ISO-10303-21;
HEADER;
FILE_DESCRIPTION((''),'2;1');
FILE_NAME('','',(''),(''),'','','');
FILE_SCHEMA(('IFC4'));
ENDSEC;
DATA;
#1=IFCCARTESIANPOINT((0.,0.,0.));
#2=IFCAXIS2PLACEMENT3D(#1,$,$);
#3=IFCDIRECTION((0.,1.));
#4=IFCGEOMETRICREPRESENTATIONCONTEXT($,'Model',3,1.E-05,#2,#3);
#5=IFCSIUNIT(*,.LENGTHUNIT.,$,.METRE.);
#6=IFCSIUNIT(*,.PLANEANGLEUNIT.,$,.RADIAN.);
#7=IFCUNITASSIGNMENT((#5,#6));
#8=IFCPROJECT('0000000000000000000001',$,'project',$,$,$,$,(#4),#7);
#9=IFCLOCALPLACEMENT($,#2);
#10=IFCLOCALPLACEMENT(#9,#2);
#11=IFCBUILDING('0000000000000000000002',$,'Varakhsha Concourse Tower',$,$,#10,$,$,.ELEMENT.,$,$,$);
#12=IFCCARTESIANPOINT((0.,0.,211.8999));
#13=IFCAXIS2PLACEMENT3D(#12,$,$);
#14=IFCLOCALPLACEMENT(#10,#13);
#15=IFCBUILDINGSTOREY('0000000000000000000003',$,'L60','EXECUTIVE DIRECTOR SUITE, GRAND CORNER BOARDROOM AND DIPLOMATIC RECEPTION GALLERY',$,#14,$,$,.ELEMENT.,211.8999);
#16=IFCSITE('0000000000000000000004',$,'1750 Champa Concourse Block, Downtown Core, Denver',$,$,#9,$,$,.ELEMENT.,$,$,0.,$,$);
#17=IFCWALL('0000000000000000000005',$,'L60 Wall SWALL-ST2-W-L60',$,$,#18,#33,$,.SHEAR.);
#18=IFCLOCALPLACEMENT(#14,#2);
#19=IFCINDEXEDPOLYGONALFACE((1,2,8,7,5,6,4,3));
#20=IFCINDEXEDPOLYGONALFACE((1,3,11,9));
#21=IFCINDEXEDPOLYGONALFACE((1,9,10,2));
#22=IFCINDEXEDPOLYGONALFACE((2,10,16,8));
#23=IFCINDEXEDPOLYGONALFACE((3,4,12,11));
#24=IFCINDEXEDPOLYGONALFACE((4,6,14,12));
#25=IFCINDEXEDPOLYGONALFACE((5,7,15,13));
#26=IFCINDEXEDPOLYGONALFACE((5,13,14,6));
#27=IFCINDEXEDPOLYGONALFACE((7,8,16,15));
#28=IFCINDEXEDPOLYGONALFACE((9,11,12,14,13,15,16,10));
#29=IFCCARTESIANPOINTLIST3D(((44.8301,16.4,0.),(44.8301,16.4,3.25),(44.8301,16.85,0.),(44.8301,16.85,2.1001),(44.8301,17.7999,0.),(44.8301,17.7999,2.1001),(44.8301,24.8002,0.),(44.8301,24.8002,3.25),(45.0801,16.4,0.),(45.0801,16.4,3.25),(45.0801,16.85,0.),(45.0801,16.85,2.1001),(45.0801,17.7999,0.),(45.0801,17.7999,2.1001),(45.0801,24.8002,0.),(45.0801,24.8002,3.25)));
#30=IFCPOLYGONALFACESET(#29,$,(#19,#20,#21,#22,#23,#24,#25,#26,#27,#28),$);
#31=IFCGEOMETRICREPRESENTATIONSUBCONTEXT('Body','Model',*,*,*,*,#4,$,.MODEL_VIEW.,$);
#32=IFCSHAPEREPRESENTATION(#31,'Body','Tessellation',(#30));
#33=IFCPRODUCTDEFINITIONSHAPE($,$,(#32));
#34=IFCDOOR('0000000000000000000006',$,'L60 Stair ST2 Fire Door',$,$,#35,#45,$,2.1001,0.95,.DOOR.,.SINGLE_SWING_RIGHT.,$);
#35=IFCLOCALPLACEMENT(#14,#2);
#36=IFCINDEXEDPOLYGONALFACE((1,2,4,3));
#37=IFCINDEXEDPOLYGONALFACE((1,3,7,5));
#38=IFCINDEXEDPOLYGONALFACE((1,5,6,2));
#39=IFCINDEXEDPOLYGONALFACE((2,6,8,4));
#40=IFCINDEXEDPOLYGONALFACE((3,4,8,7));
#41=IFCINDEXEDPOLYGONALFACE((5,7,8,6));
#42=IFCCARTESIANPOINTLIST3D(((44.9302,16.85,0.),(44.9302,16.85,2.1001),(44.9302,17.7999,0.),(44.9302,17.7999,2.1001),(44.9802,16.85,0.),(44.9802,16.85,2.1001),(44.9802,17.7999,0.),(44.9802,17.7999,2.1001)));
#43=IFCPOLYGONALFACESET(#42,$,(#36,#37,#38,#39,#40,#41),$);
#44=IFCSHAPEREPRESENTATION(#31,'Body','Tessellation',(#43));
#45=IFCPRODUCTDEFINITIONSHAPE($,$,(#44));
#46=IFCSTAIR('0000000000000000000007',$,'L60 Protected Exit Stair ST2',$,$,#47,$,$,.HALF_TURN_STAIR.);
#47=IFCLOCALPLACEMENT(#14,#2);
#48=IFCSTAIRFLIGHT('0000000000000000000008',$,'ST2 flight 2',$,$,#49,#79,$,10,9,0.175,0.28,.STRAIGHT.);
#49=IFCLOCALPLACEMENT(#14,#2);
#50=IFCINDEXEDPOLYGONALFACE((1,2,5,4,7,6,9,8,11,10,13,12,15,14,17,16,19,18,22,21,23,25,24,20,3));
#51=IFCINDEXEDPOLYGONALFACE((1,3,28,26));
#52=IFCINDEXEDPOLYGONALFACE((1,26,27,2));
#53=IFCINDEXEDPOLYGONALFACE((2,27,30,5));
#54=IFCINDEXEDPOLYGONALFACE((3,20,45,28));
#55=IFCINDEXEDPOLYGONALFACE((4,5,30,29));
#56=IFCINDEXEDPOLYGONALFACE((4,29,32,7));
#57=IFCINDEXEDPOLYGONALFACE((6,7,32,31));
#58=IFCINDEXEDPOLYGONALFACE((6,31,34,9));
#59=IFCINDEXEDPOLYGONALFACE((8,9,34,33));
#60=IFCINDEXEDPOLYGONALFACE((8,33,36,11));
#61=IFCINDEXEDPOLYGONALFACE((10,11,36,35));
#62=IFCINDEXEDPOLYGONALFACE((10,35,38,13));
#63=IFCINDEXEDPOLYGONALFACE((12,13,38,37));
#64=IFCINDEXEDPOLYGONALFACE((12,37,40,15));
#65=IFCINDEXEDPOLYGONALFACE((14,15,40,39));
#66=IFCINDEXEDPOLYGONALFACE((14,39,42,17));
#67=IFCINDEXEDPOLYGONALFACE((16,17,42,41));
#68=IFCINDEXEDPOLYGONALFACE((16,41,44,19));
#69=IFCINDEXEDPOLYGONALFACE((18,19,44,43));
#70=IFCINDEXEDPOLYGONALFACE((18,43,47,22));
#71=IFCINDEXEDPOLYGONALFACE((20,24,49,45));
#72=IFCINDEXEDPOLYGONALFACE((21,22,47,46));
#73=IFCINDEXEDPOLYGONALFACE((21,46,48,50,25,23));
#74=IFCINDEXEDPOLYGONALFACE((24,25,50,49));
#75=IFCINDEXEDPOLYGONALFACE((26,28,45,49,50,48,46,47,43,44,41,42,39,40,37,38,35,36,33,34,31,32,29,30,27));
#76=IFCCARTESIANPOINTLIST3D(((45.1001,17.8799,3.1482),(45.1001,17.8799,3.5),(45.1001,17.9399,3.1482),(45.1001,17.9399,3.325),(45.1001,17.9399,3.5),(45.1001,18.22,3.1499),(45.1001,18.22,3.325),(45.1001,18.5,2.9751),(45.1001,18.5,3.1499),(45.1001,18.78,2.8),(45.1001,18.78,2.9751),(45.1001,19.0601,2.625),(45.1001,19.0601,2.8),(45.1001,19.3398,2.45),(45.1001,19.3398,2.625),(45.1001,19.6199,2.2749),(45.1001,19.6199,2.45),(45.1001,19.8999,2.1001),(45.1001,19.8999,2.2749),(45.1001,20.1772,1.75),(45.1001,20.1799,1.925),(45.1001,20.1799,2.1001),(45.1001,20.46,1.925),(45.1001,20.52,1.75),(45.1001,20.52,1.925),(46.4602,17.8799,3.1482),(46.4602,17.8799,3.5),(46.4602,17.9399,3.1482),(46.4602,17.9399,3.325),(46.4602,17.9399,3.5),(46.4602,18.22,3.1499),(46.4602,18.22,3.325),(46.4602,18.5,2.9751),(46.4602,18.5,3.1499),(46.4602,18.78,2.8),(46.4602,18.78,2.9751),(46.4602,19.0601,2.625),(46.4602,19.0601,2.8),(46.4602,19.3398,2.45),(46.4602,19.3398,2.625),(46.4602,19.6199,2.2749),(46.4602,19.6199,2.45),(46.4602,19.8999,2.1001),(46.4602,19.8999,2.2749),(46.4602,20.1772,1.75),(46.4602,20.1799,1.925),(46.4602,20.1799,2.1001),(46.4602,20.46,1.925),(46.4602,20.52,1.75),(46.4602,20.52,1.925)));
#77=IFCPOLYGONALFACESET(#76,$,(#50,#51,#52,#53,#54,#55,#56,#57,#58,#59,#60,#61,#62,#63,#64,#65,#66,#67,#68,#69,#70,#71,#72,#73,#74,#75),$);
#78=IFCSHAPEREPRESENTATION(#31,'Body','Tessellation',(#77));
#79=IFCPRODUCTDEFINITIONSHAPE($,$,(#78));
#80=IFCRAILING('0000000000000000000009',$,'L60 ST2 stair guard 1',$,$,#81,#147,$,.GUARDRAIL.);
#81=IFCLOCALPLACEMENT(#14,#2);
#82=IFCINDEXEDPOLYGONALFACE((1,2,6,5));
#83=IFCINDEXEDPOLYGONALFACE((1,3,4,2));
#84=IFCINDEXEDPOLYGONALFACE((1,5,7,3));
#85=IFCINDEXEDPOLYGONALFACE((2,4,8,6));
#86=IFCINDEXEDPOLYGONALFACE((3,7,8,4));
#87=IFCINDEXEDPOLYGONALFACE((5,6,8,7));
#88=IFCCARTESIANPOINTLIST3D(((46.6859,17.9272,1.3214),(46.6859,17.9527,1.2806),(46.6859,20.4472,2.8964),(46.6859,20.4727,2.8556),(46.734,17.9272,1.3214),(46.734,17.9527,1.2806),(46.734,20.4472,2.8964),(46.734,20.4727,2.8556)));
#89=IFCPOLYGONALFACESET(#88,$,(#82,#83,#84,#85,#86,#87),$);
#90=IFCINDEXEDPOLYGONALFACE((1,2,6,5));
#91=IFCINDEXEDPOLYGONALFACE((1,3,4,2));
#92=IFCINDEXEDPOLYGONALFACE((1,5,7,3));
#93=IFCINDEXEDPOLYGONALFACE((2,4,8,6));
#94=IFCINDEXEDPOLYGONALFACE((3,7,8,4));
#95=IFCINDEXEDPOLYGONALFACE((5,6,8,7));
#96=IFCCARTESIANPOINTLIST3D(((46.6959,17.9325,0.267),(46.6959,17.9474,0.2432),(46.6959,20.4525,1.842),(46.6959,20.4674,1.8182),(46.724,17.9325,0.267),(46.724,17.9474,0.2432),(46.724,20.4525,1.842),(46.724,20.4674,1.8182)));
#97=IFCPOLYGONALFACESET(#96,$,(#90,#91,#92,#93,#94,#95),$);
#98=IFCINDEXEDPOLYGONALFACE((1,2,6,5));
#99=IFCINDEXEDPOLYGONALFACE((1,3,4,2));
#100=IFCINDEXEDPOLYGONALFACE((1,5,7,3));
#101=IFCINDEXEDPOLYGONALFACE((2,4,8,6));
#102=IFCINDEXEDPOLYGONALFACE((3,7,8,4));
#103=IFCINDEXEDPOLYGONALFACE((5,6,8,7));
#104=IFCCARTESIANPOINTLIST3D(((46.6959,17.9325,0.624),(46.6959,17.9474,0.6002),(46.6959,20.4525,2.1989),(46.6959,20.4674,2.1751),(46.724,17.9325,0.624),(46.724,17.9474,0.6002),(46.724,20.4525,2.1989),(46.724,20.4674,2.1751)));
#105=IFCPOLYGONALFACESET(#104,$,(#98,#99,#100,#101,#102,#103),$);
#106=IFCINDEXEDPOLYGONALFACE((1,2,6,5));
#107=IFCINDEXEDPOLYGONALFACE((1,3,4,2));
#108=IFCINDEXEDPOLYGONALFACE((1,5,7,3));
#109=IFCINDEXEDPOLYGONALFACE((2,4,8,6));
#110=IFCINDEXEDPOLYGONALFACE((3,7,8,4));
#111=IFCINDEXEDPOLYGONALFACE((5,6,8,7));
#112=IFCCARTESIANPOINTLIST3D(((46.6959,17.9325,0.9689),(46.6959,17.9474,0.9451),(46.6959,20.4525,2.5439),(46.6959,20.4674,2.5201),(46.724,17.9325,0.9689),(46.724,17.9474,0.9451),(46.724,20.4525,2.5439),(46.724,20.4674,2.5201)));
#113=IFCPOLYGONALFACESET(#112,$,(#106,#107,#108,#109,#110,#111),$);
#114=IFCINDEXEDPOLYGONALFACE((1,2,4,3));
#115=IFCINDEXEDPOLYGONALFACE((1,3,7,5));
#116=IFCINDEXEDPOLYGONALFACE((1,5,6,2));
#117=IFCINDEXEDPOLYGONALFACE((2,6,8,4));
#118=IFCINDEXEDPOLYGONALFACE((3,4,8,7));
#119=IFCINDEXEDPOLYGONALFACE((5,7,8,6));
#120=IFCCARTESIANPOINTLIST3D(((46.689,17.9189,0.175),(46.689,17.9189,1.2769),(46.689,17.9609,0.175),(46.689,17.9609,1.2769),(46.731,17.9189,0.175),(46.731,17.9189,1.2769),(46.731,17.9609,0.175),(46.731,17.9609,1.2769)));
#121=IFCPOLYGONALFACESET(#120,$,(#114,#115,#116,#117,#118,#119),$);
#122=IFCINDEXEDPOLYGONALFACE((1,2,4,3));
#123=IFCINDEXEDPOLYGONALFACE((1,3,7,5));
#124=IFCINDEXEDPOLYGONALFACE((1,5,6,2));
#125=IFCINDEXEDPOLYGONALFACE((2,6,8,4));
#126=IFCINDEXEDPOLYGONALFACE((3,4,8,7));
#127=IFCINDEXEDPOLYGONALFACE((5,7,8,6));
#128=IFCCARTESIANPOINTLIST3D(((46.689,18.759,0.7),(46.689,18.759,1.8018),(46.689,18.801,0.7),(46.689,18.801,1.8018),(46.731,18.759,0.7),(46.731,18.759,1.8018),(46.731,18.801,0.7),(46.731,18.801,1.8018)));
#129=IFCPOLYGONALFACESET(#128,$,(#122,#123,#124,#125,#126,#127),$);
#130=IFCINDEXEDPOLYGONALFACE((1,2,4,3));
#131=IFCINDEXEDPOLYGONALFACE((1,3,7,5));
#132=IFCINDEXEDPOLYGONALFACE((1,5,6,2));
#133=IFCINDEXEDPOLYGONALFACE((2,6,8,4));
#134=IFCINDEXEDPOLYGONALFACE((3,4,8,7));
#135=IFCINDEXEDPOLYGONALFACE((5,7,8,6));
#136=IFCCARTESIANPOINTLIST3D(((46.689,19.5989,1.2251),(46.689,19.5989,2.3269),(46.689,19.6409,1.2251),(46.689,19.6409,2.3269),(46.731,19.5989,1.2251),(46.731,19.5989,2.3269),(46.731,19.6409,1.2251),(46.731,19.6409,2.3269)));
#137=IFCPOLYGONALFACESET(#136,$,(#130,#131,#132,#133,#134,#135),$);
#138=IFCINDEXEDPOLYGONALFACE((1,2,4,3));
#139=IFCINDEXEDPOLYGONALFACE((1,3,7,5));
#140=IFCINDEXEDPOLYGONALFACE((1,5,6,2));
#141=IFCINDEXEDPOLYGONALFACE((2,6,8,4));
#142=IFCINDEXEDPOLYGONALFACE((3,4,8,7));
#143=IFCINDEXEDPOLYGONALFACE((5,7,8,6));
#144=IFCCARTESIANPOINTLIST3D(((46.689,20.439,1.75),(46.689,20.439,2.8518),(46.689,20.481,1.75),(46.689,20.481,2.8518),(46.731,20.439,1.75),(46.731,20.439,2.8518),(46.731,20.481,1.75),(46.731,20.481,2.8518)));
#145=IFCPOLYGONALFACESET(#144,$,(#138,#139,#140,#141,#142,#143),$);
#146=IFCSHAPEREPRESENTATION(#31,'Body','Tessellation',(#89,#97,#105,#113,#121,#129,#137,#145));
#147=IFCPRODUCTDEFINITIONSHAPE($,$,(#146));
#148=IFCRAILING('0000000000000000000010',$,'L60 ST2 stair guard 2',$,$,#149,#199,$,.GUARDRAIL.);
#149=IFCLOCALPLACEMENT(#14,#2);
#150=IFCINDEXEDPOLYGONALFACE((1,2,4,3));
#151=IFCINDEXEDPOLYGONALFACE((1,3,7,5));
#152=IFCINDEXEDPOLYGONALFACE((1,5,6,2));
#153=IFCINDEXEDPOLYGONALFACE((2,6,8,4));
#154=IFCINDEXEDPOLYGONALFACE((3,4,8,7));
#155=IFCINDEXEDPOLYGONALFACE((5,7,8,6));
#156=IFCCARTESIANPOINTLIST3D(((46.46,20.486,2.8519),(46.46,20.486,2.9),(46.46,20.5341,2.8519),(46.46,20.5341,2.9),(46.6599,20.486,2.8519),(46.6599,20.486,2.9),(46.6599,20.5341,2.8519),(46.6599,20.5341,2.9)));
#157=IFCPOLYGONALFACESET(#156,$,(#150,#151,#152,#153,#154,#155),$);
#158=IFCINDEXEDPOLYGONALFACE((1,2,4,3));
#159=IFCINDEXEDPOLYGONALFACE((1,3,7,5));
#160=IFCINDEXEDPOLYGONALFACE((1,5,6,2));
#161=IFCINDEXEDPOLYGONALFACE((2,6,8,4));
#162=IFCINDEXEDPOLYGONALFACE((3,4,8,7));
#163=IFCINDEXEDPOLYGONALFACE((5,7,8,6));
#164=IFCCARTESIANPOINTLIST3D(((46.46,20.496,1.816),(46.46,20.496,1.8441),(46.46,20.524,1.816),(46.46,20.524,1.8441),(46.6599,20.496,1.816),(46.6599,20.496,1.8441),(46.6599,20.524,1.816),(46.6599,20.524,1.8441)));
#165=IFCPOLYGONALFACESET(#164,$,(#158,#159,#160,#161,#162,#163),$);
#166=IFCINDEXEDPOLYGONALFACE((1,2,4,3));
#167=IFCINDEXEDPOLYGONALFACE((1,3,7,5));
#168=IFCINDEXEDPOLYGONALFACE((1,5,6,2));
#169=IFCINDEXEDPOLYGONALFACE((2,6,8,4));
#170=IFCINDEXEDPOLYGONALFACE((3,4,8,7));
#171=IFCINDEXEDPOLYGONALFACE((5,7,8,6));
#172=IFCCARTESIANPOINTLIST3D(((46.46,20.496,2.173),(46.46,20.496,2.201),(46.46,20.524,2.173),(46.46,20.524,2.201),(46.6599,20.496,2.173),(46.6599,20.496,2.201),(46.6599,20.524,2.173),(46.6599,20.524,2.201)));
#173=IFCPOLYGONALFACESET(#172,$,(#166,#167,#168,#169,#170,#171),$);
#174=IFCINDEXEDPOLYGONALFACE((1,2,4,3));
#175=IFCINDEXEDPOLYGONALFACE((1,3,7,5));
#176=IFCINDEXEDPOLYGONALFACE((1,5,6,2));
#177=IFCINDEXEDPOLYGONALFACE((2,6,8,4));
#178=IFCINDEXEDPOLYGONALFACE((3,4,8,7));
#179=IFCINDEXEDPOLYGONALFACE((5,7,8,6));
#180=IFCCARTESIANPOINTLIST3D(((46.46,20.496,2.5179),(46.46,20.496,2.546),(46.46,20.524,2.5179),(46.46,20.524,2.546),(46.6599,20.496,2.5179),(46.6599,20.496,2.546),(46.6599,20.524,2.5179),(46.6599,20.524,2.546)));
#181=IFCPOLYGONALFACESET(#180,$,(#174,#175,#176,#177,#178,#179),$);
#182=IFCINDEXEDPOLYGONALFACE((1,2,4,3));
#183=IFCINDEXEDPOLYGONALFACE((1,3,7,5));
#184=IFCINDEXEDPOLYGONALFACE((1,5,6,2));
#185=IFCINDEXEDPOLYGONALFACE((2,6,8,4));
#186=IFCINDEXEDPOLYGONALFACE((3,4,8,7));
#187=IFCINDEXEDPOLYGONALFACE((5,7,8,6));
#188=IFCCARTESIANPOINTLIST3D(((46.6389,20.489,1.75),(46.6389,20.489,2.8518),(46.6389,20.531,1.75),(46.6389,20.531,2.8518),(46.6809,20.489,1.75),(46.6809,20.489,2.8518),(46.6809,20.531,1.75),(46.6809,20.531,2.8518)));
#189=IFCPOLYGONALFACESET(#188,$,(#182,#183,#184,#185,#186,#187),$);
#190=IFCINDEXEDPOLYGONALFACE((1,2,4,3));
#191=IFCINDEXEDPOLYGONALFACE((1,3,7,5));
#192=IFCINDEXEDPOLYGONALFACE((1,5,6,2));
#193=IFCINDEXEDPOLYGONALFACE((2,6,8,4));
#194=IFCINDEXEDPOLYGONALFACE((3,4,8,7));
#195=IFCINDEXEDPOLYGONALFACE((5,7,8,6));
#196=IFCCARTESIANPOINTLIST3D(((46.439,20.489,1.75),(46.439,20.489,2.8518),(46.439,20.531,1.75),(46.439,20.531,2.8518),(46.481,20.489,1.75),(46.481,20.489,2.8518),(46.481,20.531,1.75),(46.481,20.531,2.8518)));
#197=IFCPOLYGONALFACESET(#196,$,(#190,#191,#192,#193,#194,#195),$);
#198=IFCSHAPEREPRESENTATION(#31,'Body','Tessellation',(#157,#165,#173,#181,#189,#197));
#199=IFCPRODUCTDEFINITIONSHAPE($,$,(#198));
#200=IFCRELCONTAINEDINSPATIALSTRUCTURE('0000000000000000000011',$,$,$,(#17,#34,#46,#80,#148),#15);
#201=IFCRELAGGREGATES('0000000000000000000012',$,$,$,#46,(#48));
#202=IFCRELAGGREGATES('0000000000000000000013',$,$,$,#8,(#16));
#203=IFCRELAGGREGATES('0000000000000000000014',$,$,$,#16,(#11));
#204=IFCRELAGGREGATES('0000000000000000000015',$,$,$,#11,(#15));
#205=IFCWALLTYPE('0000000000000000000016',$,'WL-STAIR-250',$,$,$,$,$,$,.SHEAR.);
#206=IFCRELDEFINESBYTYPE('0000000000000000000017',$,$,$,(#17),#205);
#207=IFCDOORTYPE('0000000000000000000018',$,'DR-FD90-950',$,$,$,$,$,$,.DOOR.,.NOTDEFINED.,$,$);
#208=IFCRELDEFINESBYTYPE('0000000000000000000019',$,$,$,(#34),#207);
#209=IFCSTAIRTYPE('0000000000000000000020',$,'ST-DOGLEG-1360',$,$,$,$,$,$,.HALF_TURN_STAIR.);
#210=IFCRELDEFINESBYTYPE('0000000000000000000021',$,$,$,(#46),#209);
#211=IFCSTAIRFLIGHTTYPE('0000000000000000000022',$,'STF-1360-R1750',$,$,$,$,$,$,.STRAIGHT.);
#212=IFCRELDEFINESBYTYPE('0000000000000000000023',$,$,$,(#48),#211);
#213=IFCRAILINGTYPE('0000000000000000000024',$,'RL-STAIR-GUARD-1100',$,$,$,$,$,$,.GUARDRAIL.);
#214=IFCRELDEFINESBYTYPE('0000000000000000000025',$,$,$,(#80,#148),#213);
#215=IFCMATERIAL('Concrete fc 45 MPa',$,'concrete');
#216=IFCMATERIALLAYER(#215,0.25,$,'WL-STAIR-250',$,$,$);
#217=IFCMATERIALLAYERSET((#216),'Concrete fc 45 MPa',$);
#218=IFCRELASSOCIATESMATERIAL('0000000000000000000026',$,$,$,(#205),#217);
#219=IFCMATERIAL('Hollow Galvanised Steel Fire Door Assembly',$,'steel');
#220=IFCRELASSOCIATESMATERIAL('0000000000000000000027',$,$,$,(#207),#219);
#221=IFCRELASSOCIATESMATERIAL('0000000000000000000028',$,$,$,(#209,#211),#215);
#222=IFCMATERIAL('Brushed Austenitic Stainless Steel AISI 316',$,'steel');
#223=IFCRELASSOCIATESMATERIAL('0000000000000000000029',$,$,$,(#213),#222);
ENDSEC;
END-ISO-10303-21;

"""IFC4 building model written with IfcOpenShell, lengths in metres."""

from ifc_helpers import new_model, si_unit, direction, frame, frame_2d, origin, origin_2d, place, context, subcontext, project, spatial, polyline, rectangle, outline, extrude, material, layer, layer_set, type_object, element, fill, aggregate, save


model = new_model("IFC4")

# Units and contexts
model_context = context("Model", 3, precision=1e-05, world=origin(), true_north=direction((0.0, 1.0)))
body_context = subcontext(model_context, "Body", "Model", "MODEL_VIEW")
ifc_project = project(units=[si_unit("LENGTHUNIT", "METRE"), si_unit("PLANEANGLEUNIT", "RADIAN")], contexts=[model_context])

# Site, building, storey
site_placement = place(None, origin())
site = spatial("IfcSite", under=ifc_project, at=site_placement, Name="1750 Champa Concourse Block, Downtown Core, Denver", CompositionType="ELEMENT", RefElevation=0.0)
building_placement = place(site_placement, origin())
building = spatial("IfcBuilding", under=site, at=building_placement, Name="Varakhsha Concourse Tower", CompositionType="ELEMENT")
storey_placement = place(building_placement, frame((0.0, 0.0, 211.8999)))
storey = spatial("IfcBuildingStorey", under=building, at=storey_placement, Name="L60", Description="EXECUTIVE DIRECTOR SUITE, GRAND CORNER BOARDROOM AND DIPLOMATIC RECEPTION GALLERY", CompositionType="ELEMENT", Elevation=211.8999)

# Wall, opening, door
ifc_material_1 = material(Name="Concrete fc 45 MPa", Category="concrete")
ifc_layer_1 = layer(ifc_material_1, 0.25, Name="WL-STAIR-250")
ifc_layer_set_1 = layer_set([ifc_layer_1], Name="Concrete fc 45 MPa")
wall_type_1 = type_object("IfcWallType", Name="WL-STAIR-250", PredefinedType="SHEAR", material=ifc_layer_set_1)
wall_1_placement = place(storey_placement, frame((44.9551, 16.3999, 0.0), z_axis=(0.0, 0.0, 1.0), x_axis=(0.0, 1.0, 0.0)))
wall_1 = element("IfcWall", 1, at=wall_1_placement, inside=storey, type_object=wall_type_1, Name="L60 Wall SWALL-ST2-W-L60", PredefinedType="SHEAR", context=body_context, shape_type="SweptSolid", body=[
    extrude(rectangle(XDim=8.4001, YDim=0.25, at=frame_2d((4.2002, 0.0))), origin(), (0.0, 0.0, 1.0), 3.25),
])
opening_placement = place(wall_1_placement, frame((0.45, 0.0, 0.0)))
opening = element("IfcOpeningElement", 2, at=opening_placement, cuts=wall_1, PredefinedType="OPENING", context=body_context, shape_type="SweptSolid", body=[
    extrude(rectangle(XDim=0.95, YDim=2.1001, at=frame_2d((0.4751, 1.05))), frame((0.0, 0.135, 0.0), z_axis=(0.0, -1.0, 0.0), x_axis=(1.0, 0.0, 0.0)), (0.0, 0.0, 1.0), 0.27),
])
ifc_material_2 = material(Name="Hollow Galvanised Steel Fire Door Assembly", Category="steel")
door_type = type_object("IfcDoorType", Name="DR-FD90-950", OperationType="NOTDEFINED", PredefinedType="DOOR", material=ifc_material_2)
door_placement = place(opening_placement, origin())
door = element("IfcDoor", 3, at=door_placement, inside=storey, type_object=door_type, Name="L60 Stair ST2 Fire Door", OperationType="SINGLE_SWING_RIGHT", OverallHeight=2.1001, OverallWidth=0.95, PredefinedType="DOOR", context=body_context, shape_type="SweptSolid", body=[
    extrude(rectangle(XDim=0.95, YDim=2.1001, at=frame_2d((0.4751, 1.05))), frame((0.0, 0.0249, 0.0), z_axis=(0.0, -1.0, 0.0), x_axis=(1.0, 0.0, 0.0)), (0.0, 0.0, 1.0), 0.05),
])
fill(opening, door)

# Stair, stair flight
stair_type = type_object("IfcStairType", Name="ST-DOGLEG-1360", PredefinedType="HALF_TURN_STAIR", material=ifc_material_1)
stair_placement = place(storey_placement, origin())
stair = element("IfcStair", 4, at=stair_placement, inside=storey, type_object=stair_type, Name="L60 Protected Exit Stair ST2", PredefinedType="HALF_TURN_STAIR")
stair_flight_type = type_object("IfcStairFlightType", Name="STF-1360-R1750", PredefinedType="STRAIGHT", material=ifc_material_1)
stair_flight_placement = place(storey_placement, frame((45.78, 20.46, 1.75), z_axis=(0.0, 0.0, 1.0), x_axis=(0.0, -1.0, 0.0)))
stair_flight = element("IfcStairFlight", 5, at=stair_flight_placement, type_object=stair_flight_type, Name="ST2 flight 2", NumberOfRisers=10, NumberOfTreads=9, PredefinedType="STRAIGHT", RiserHeight=0.175, TreadLength=0.28, context=body_context, shape_type="SweptSolid", body=[
    extrude(outline(polyline([(-0.0601, 0.0), (-0.0601, 0.175), (0.0, 0.175), (0.28, 0.175), (0.28, 0.3501), (0.5601, 0.3501), (0.5601, 0.5249), (0.8401, 0.5249), (0.8401, 0.7), (1.1201, 0.7), (1.1201, 0.875), (1.3999, 0.875), (1.3999, 1.05), (1.6799, 1.05), (1.6799, 1.2251), (1.96, 1.2251), (1.96, 1.3999), (2.24, 1.3999), (2.24, 1.575), (2.52, 1.575), (2.52, 1.75), (2.5801, 1.75), (2.5801, 1.3982), (2.52, 1.3982), (0.2827, 0.0), (-0.0601, 0.0)])), frame((0.0, 0.6802, 0.0), z_axis=(0.0, -1.0, 0.0), x_axis=(1.0, 0.0, 0.0)), (0.0, 0.0, 1.0), 1.3601),
])
aggregate(stair, [stair_flight])

# Railings
ifc_material_3 = material(Name="Brushed Austenitic Stainless Steel AISI 316", Category="steel")
railing_type_1 = type_object("IfcRailingType", Name="RL-STAIR-GUARD-1100", PredefinedType="GUARDRAIL", material=ifc_material_3)
railing_1_placement = place(storey_placement, frame((46.71, 17.9399, 0.175)))
element("IfcRailing", 6, at=railing_1_placement, inside=storey, type_object=railing_type_1, Name="L60 ST2 stair guard 1", PredefinedType="GUARDRAIL", context=body_context, shape_type="SweptSolid", body=[
    extrude(rectangle(XDim=0.0481, YDim=0.0481, at=origin_2d()), frame((0.0, 0.0, 1.126), z_axis=(0.0, 0.848008, 0.529984), x_axis=(-1.0, 0.0, 0.0)), (0.0, 0.0, 1.0), 2.9717),
    extrude(rectangle(XDim=0.0281, YDim=0.0281, at=origin_2d()), frame((0.0, 0.0, 0.0801), z_axis=(0.0, 0.848008, 0.529984), x_axis=(-1.0, 0.0, 0.0)), (0.0, 0.0, 1.0), 2.9717),
    extrude(rectangle(XDim=0.0281, YDim=0.0281, at=origin_2d()), frame((0.0, 0.0, 0.437), z_axis=(0.0, 0.848008, 0.529984), x_axis=(-1.0, 0.0, 0.0)), (0.0, 0.0, 1.0), 2.9717),
    extrude(rectangle(XDim=0.0281, YDim=0.0281, at=origin_2d()), frame((0.0, 0.0, 0.782), z_axis=(0.0, 0.848008, 0.529984), x_axis=(-1.0, 0.0, 0.0)), (0.0, 0.0, 1.0), 2.9717),
    extrude(rectangle(XDim=0.042, YDim=0.042, at=origin_2d()), origin(), (0.0, 0.0, 1.0), 1.1018),
    extrude(rectangle(XDim=0.042, YDim=0.042, at=origin_2d()), frame((0.0, 0.8401, 0.5249)), (0.0, 0.0, 1.0), 1.1018),
    extrude(rectangle(XDim=0.042, YDim=0.042, at=origin_2d()), frame((0.0, 1.6799, 1.05)), (0.0, 0.0, 1.0), 1.1018),
    extrude(rectangle(XDim=0.042, YDim=0.042, at=origin_2d()), frame((0.0, 2.52, 1.575)), (0.0, 0.0, 1.0), 1.1018),
])
railing_2_placement = place(storey_placement, frame((46.6599, 20.51, 1.75)))
element("IfcRailing", 7, at=railing_2_placement, inside=storey, type_object=railing_type_1, Name="L60 ST2 stair guard 2", PredefinedType="GUARDRAIL", context=body_context, shape_type="SweptSolid", body=[
    extrude(rectangle(XDim=0.0481, YDim=0.0481, at=origin_2d()), frame((0.0, 0.0, 1.126), z_axis=(-1.0, 0.0, 0.0), x_axis=(0.0, -1.0, 0.0)), (0.0, 0.0, 1.0), 0.2),
    extrude(rectangle(XDim=0.0281, YDim=0.0281, at=origin_2d()), frame((0.0, 0.0, 0.0801), z_axis=(-1.0, 0.0, 0.0), x_axis=(0.0, -1.0, 0.0)), (0.0, 0.0, 1.0), 0.2),
    extrude(rectangle(XDim=0.0281, YDim=0.0281, at=origin_2d()), frame((0.0, 0.0, 0.437), z_axis=(-1.0, 0.0, 0.0), x_axis=(0.0, -1.0, 0.0)), (0.0, 0.0, 1.0), 0.2),
    extrude(rectangle(XDim=0.0281, YDim=0.0281, at=origin_2d()), frame((0.0, 0.0, 0.782), z_axis=(-1.0, 0.0, 0.0), x_axis=(0.0, -1.0, 0.0)), (0.0, 0.0, 1.0), 0.2),
    extrude(rectangle(XDim=0.042, YDim=0.042, at=origin_2d()), origin(), (0.0, 0.0, 1.0), 1.1018),
    extrude(rectangle(XDim=0.042, YDim=0.042, at=origin_2d()), frame((-0.2, 0.0, 0.0)), (0.0, 0.0, 1.0), 1.1018),
])

save(model, "model.ifc")
